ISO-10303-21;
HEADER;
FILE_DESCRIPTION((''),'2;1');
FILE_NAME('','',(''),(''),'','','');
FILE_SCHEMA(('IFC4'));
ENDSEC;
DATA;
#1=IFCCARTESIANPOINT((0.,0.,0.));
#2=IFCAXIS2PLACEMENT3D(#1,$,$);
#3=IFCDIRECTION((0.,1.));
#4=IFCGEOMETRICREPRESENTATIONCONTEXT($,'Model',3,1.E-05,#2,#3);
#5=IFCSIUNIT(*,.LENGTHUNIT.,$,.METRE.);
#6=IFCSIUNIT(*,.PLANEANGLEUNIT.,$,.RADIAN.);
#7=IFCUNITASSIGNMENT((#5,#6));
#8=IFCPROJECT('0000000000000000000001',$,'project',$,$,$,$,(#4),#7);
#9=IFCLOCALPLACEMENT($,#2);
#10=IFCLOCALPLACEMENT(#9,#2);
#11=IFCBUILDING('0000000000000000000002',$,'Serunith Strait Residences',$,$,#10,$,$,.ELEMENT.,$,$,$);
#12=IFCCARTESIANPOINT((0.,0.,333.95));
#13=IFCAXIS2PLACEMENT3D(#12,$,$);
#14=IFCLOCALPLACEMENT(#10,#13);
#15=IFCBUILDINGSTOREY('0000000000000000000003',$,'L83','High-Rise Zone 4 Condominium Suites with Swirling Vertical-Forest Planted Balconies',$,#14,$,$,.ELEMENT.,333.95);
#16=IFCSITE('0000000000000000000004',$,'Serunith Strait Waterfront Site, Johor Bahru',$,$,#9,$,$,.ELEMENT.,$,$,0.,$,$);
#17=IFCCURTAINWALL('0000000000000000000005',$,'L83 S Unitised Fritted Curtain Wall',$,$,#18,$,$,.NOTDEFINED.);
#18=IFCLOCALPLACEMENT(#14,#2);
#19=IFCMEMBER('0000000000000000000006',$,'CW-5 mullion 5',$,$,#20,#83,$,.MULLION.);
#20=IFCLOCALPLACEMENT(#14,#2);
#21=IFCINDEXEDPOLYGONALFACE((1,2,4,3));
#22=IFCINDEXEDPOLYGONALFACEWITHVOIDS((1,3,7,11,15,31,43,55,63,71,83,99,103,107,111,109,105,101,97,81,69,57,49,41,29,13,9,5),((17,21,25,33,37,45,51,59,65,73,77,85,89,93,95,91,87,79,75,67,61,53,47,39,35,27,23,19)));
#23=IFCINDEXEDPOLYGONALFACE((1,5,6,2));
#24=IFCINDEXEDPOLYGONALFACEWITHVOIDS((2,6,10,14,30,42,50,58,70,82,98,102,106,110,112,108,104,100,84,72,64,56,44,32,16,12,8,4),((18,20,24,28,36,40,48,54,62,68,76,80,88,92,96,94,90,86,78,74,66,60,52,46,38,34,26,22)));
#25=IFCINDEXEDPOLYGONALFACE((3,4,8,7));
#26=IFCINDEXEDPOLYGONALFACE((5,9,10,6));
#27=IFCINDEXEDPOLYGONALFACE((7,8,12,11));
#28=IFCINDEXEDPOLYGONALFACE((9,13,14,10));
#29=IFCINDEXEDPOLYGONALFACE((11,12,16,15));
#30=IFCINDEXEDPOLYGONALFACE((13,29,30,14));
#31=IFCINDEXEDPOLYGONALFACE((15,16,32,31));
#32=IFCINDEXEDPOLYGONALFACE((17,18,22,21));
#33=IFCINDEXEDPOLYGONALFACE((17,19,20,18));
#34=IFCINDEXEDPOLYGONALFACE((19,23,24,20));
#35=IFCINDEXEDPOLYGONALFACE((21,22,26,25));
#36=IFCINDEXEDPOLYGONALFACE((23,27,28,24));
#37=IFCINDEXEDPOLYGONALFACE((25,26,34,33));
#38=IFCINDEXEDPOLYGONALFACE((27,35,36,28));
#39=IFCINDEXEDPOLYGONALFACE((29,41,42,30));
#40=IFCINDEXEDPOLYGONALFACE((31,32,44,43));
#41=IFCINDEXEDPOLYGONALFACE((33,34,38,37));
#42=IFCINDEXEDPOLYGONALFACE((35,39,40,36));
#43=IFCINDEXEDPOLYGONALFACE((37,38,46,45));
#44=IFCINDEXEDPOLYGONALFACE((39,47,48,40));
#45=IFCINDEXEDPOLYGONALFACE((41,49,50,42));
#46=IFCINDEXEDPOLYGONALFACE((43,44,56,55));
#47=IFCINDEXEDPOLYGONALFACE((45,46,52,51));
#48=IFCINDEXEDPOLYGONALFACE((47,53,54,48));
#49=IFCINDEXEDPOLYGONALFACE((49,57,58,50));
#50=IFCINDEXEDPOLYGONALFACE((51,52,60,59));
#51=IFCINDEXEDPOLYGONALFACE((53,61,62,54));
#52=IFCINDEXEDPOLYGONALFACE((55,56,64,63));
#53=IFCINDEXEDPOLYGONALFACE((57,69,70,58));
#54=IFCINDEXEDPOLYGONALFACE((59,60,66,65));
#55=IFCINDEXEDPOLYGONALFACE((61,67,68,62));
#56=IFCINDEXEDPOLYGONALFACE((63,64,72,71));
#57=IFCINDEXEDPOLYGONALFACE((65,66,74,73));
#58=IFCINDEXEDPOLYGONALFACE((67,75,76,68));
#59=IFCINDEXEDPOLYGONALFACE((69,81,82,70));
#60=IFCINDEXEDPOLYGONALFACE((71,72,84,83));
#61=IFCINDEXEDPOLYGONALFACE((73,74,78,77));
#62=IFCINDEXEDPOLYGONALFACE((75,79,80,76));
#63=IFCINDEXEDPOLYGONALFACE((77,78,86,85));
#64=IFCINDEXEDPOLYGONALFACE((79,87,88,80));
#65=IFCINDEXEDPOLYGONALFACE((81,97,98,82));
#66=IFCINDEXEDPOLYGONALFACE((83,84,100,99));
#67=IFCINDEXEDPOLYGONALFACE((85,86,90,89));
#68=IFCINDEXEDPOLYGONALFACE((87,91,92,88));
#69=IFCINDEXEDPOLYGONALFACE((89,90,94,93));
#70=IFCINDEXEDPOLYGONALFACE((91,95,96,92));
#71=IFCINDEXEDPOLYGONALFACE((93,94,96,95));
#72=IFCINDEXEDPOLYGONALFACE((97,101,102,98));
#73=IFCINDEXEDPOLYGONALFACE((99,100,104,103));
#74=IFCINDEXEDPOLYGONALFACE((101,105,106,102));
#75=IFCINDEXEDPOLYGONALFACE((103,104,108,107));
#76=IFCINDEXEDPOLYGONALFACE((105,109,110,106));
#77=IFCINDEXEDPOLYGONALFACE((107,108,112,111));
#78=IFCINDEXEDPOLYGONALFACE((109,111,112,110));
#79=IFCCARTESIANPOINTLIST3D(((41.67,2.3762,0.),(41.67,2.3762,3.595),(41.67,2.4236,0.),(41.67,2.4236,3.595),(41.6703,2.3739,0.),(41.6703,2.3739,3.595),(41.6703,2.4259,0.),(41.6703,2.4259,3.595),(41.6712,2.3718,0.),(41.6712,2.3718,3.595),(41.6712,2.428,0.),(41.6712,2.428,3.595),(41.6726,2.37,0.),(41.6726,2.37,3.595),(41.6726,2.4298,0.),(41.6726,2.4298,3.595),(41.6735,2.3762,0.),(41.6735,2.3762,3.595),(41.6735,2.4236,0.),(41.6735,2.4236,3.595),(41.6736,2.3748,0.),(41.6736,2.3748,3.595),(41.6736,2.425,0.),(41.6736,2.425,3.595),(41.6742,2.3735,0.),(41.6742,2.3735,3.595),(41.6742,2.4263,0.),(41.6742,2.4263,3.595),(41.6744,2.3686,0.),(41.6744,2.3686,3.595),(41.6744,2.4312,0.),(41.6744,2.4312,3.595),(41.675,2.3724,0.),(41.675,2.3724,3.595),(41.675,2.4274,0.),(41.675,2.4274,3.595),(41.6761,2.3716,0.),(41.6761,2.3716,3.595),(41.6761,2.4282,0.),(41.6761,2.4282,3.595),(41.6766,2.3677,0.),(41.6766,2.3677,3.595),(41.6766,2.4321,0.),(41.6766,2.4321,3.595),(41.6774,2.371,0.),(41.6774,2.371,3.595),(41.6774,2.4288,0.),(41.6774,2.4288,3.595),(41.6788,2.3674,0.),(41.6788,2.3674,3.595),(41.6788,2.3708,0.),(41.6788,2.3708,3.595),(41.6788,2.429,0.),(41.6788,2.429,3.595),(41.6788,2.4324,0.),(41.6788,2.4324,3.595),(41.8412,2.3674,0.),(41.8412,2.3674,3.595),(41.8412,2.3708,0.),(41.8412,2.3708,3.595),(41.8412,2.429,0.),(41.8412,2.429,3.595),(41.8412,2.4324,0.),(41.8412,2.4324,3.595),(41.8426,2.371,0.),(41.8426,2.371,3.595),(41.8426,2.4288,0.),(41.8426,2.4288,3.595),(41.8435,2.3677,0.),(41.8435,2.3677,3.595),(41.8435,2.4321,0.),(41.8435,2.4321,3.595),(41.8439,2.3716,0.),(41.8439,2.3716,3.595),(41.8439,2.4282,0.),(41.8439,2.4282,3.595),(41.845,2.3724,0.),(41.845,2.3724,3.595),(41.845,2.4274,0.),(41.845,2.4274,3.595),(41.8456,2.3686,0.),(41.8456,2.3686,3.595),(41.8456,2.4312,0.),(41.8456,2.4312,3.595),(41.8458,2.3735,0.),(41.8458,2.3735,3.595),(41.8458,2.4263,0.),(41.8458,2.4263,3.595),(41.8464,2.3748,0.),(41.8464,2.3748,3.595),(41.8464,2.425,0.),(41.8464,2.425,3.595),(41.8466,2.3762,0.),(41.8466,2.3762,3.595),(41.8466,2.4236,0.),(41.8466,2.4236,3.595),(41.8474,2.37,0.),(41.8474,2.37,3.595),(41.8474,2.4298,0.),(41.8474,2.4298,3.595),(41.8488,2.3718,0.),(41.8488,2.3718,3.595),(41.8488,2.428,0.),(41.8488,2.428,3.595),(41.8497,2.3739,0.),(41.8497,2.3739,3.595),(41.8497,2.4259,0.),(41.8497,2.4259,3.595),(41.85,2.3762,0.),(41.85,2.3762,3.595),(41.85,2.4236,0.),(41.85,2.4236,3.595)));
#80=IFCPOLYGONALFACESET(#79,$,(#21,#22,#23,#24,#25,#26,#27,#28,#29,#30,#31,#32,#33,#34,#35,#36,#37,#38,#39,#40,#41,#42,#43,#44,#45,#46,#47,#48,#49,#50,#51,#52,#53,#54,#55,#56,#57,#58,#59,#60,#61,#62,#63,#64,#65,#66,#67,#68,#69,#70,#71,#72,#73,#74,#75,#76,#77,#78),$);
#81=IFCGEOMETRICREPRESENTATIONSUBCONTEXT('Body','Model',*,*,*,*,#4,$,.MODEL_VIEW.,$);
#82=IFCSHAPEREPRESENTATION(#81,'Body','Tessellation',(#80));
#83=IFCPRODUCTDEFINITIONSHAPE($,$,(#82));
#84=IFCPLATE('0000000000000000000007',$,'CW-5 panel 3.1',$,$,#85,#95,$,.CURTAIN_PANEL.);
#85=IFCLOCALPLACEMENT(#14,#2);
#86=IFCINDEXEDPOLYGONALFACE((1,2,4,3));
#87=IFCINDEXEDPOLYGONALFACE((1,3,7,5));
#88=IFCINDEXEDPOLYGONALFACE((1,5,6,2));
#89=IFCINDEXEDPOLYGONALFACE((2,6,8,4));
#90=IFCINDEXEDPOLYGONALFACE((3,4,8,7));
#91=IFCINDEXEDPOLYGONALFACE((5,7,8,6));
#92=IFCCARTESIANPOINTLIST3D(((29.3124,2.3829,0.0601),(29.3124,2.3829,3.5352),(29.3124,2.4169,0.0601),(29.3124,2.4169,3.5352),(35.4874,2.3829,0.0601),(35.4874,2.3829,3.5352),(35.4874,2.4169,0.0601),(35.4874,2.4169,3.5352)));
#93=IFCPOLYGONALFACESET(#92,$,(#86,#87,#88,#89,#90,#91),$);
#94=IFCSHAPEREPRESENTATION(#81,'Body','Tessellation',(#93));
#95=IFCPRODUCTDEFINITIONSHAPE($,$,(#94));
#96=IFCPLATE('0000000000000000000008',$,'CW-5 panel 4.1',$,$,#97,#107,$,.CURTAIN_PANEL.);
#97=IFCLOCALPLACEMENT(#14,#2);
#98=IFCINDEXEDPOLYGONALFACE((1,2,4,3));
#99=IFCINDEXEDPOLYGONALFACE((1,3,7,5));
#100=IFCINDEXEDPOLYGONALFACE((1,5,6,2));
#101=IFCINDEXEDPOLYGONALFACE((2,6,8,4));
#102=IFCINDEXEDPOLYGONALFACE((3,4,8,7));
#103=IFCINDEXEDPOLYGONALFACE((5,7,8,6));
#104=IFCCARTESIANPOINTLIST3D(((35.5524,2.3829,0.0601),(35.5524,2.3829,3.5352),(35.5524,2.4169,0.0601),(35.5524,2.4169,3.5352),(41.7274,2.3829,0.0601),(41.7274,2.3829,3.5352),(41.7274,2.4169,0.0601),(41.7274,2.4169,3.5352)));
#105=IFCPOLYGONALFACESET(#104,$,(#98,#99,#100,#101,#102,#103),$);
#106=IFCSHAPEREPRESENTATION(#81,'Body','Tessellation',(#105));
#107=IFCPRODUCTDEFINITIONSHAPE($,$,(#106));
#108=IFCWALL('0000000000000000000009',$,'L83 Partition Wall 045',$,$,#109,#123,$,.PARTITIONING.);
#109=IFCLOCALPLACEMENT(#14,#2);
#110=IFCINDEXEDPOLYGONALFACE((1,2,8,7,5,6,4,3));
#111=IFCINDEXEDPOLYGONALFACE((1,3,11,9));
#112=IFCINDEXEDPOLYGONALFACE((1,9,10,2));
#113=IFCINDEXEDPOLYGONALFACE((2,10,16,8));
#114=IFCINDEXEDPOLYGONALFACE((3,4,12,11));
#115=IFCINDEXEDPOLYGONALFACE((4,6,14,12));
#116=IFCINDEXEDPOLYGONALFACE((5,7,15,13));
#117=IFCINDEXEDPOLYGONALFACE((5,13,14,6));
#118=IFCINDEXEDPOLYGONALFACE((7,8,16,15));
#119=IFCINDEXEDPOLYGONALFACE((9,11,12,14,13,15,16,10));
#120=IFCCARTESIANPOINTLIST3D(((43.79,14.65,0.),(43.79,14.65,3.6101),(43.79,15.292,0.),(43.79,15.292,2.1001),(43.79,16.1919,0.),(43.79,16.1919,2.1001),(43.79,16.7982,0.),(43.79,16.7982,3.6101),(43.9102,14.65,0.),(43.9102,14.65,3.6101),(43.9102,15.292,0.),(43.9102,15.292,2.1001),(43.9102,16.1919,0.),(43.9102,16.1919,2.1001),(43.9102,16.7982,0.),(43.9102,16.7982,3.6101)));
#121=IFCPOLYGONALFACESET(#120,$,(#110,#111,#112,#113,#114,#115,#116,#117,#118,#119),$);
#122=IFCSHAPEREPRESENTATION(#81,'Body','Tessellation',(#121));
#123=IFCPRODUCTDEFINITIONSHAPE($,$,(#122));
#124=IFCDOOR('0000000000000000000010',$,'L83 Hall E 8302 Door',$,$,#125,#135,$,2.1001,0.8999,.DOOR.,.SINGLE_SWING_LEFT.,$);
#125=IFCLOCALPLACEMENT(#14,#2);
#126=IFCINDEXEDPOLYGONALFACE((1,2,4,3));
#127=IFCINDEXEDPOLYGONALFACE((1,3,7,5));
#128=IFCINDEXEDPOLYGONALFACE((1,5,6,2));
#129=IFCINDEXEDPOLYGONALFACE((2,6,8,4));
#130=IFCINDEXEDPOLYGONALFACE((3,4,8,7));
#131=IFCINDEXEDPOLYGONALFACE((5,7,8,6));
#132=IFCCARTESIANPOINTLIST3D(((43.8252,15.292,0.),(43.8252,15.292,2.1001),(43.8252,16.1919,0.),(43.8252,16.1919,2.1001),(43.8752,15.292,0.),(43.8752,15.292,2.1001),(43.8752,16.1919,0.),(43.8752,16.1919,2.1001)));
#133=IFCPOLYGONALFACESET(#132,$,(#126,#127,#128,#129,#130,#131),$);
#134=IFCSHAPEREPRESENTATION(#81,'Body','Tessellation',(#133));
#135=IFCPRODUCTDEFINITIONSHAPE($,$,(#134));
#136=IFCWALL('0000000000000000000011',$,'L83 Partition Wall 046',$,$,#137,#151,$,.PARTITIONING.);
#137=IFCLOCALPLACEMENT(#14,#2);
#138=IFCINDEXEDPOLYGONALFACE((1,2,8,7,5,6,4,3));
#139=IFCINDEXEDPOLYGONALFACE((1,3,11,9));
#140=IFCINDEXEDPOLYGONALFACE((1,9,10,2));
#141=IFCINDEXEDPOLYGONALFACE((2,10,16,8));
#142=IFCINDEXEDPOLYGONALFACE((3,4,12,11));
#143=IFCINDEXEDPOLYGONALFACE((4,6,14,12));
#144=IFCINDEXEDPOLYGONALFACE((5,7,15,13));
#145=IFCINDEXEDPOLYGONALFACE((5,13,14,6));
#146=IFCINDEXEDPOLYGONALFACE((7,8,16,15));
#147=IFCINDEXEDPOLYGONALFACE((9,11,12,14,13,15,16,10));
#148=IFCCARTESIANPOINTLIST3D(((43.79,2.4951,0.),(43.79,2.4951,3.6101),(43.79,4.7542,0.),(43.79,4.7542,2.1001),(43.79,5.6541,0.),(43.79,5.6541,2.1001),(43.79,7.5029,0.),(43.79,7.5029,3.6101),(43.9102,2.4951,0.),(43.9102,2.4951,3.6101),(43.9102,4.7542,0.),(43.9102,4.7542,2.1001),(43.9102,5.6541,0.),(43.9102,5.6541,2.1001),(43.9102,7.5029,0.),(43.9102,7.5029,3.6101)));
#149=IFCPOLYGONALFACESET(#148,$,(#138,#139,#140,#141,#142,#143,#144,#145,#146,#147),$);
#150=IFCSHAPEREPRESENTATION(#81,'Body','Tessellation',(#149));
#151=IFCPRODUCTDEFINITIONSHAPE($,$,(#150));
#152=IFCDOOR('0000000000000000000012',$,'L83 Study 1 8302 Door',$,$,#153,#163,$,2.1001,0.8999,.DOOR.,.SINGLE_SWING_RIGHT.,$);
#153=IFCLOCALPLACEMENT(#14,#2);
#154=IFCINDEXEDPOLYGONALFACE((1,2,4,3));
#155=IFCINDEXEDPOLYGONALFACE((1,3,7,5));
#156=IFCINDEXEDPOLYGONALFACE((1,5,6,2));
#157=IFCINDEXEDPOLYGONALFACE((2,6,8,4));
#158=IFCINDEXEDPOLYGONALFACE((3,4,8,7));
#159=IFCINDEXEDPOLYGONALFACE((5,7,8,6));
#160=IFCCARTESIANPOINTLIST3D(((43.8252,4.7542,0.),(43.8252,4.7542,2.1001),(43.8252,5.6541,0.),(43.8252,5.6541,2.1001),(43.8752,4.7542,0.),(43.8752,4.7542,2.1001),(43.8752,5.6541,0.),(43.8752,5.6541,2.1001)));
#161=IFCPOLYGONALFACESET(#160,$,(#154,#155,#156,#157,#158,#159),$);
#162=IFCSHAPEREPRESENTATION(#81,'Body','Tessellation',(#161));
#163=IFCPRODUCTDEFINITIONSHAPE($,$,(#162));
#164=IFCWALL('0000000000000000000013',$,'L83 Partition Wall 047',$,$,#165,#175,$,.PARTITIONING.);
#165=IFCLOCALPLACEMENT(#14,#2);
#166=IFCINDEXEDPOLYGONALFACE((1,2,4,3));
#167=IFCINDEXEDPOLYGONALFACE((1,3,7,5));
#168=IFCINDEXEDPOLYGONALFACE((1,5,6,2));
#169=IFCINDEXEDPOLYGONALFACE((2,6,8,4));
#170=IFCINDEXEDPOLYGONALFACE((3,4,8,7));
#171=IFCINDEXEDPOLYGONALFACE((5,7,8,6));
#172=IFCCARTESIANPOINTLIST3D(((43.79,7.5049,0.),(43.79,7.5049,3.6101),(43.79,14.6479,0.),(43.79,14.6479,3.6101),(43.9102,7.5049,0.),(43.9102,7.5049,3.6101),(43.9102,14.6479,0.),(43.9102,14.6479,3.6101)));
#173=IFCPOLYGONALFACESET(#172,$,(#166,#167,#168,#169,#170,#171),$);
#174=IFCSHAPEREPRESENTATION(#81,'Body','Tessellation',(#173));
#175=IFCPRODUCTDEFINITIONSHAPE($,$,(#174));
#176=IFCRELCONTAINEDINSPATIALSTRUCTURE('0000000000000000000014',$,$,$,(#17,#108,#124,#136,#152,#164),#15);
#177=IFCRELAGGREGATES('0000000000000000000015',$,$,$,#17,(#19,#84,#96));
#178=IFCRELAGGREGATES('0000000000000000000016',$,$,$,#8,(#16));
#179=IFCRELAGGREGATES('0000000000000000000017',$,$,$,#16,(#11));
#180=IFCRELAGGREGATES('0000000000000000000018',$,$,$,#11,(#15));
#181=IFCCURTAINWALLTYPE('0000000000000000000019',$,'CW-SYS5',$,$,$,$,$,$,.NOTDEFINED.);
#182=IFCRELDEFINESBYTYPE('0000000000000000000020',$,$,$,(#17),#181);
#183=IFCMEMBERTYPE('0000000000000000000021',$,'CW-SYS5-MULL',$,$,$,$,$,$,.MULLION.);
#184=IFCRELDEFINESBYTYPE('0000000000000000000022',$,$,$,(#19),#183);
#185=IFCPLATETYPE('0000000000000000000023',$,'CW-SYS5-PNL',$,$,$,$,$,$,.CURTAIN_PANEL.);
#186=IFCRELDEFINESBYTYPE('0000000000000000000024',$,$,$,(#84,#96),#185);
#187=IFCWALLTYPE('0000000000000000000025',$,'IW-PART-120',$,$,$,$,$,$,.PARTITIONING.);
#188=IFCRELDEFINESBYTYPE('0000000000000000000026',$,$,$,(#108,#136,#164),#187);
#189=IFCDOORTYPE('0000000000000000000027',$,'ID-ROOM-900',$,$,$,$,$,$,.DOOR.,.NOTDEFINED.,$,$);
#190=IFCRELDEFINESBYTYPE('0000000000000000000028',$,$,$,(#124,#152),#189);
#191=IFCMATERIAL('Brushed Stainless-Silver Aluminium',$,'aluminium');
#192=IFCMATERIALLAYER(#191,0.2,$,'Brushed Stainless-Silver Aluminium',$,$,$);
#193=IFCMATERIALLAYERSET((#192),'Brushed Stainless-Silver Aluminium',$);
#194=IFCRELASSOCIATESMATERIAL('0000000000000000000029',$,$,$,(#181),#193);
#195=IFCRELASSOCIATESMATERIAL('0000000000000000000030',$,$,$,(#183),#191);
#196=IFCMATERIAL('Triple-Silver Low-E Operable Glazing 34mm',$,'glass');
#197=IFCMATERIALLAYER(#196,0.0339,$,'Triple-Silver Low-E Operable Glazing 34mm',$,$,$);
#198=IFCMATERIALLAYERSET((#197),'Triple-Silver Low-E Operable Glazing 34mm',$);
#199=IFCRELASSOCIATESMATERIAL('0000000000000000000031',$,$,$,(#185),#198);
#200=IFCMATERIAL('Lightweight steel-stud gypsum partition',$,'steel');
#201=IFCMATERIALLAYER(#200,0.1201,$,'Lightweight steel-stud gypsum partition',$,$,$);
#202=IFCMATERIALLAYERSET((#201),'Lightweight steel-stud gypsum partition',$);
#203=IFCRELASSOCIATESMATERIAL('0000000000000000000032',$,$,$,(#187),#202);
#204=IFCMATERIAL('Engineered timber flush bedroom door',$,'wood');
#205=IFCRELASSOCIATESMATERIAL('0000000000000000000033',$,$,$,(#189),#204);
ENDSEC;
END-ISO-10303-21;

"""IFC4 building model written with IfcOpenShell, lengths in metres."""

from ifc_helpers import new_model, si_unit, direction, frame, frame_2d, origin, origin_2d, place, context, subcontext, project, spatial, rectangle, hollow_rectangle, extrude, source, transform, mapped, material, layer, layer_set, material_profile, profile_set, type_object, element, fill, aggregate, save


model = new_model("IFC4")

# Units and contexts
model_context = context("Model", 3, precision=1e-05, world=origin(), true_north=direction((0.0, 1.0)))
body_context = subcontext(model_context, "Body", "Model", "MODEL_VIEW")
ifc_project = project(units=[si_unit("LENGTHUNIT", "METRE"), si_unit("PLANEANGLEUNIT", "RADIAN")], contexts=[model_context])

# Site, building, storey
site_placement = place(None, origin())
site = spatial("IfcSite", under=ifc_project, at=site_placement, Name="Serunith Strait Waterfront Site, Johor Bahru", CompositionType="ELEMENT", RefElevation=0.0)
building_placement = place(site_placement, origin())
building = spatial("IfcBuilding", under=site, at=building_placement, Name="Serunith Strait Residences", CompositionType="ELEMENT")
storey_placement = place(building_placement, frame((0.0, 0.0, 333.95)))
storey = spatial("IfcBuildingStorey", under=building, at=storey_placement, Name="L83", Description="High-Rise Zone 4 Condominium Suites with Swirling Vertical-Forest Planted Balconies", CompositionType="ELEMENT", Elevation=333.95)

# Curtain wall, member, plates
ifc_material_1 = material(Name="Brushed Stainless-Silver Aluminium", Category="aluminium")
ifc_layer_1 = layer(ifc_material_1, 0.2, Name="Brushed Stainless-Silver Aluminium")
ifc_layer_set_1 = layer_set([ifc_layer_1], Name="Brushed Stainless-Silver Aluminium")
curtain_wall_type = type_object("IfcCurtainWallType", Name="CW-SYS5", PredefinedType="NOTDEFINED", material=ifc_layer_set_1)
curtain_wall_placement = place(storey_placement, origin())
curtain_wall = element("IfcCurtainWall", 1, at=curtain_wall_placement, inside=storey, type_object=curtain_wall_type, Name="L83 S Unitised Fritted Curtain Wall", PredefinedType="NOTDEFINED")
ifc_material_profile_1 = material_profile(ifc_material_1, hollow_rectangle(XDim=0.0649, YDim=0.1799, WallThickness=0.0034, InnerFilletRadius=0.0054, OuterFilletRadius=0.0088, at=origin_2d()), Name="ALU 180x65x3.5")
ifc_profile_set_1 = profile_set([ifc_material_profile_1], Name="Brushed Stainless-Silver Aluminium")
member_type_1 = type_object("IfcMemberType", Name="CW-SYS5-MULL", PredefinedType="MULLION", material=ifc_profile_set_1)
shared_shape_1 = source(origin(), body_context, "Body", "SweptSolid", [
    extrude(hollow_rectangle(XDim=0.0649, YDim=0.1799, WallThickness=0.0034, InnerFilletRadius=0.0054, OuterFilletRadius=0.0088, at=origin_2d()), origin(), (0.0, 0.0, 1.0), 3.595),
])
member_1_placement = place(storey_placement, frame((41.76, 2.3999, 0.0), z_axis=(0.0, 0.0, 1.0), x_axis=(0.0, 1.0, 0.0)))
member_1 = element("IfcMember", 2, at=member_1_placement, type_object=member_type_1, Name="CW-5 mullion 5", PredefinedType="MULLION", context=body_context, shape_type="MappedRepresentation", body=[
    mapped(shared_shape_1, transform((0.0, 0.0, 0.0), scale=1.0)),
])
ifc_material_2 = material(Name="Triple-Silver Low-E Operable Glazing 34mm", Category="glass")
ifc_layer_2 = layer(ifc_material_2, 0.0339, Name="Triple-Silver Low-E Operable Glazing 34mm")
ifc_layer_set_2 = layer_set([ifc_layer_2], Name="Triple-Silver Low-E Operable Glazing 34mm")
plate_type = type_object("IfcPlateType", Name="CW-SYS5-PNL", PredefinedType="CURTAIN_PANEL", material=ifc_layer_set_2)
shared_shape_2 = source(origin(), body_context, "Body", "SweptSolid", [
    extrude(rectangle(XDim=6.175, YDim=0.0339, at=origin_2d()), origin(), (0.0, 0.0, 1.0), 3.4751),
])
plate_1_placement = place(storey_placement, frame((32.3999, 2.3999, 0.0601), z_axis=(0.0, 0.0, 1.0), x_axis=(1.0, 0.0, 0.0)))
plate_1 = element("IfcPlate", 3, at=plate_1_placement, type_object=plate_type, Name="CW-5 panel 3.1", PredefinedType="CURTAIN_PANEL", context=body_context, shape_type="MappedRepresentation", body=[
    mapped(shared_shape_2, transform((0.0, 0.0, 0.0), scale=1.0)),
])
plate_2_placement = place(storey_placement, frame((38.6399, 2.3999, 0.0601), z_axis=(0.0, 0.0, 1.0), x_axis=(1.0, 0.0, 0.0)))
plate_2 = element("IfcPlate", 4, at=plate_2_placement, type_object=plate_type, Name="CW-5 panel 4.1", PredefinedType="CURTAIN_PANEL", context=body_context, shape_type="MappedRepresentation", body=[
    mapped(shared_shape_2, transform((0.0, 0.0, 0.0), scale=1.0)),
])
aggregate(curtain_wall, [member_1, plate_1, plate_2])

# Walls, openings, doors
ifc_material_3 = material(Name="Lightweight steel-stud gypsum partition", Category="steel")
ifc_layer_3 = layer(ifc_material_3, 0.1201, Name="Lightweight steel-stud gypsum partition")
ifc_layer_set_3 = layer_set([ifc_layer_3], Name="Lightweight steel-stud gypsum partition")
wall_type_1 = type_object("IfcWallType", Name="IW-PART-120", PredefinedType="PARTITIONING", material=ifc_layer_set_3)
wall_1_placement = place(storey_placement, frame((43.8501, 14.6499, 0.0), z_axis=(0.0, 0.0, 1.0), x_axis=(0.0, 1.0, 0.0)))
wall_1 = element("IfcWall", 5, at=wall_1_placement, inside=storey, type_object=wall_type_1, Name="L83 Partition Wall 045", PredefinedType="PARTITIONING", context=body_context, shape_type="SweptSolid", body=[
    extrude(rectangle(XDim=2.1482, YDim=0.1201, at=frame_2d((1.0742, 0.0))), origin(), (0.0, 0.0, 1.0), 3.6101),
])
opening_1_placement = place(wall_1_placement, frame((0.6421, 0.0, 0.0)))
opening_1 = element("IfcOpeningElement", 6, at=opening_1_placement, cuts=wall_1, PredefinedType="OPENING", context=body_context, shape_type="SweptSolid", body=[
    extrude(rectangle(XDim=0.8999, YDim=2.1001, at=frame_2d((0.45, 1.05))), frame((0.0, 0.0701, 0.0), z_axis=(0.0, -1.0, 0.0), x_axis=(1.0, 0.0, 0.0)), (0.0, 0.0, 1.0), 0.1401),
])
ifc_material_4 = material(Name="Engineered timber flush bedroom door", Category="wood")
door_type = type_object("IfcDoorType", Name="ID-ROOM-900", OperationType="NOTDEFINED", PredefinedType="DOOR", material=ifc_material_4)
shared_shape_3 = source(origin(), body_context, "Body", "SweptSolid", [
    extrude(rectangle(XDim=0.8999, YDim=2.1001, at=frame_2d((0.45, 1.05))), frame((0.0, 0.0249, 0.0), z_axis=(0.0, -1.0, 0.0), x_axis=(1.0, 0.0, 0.0)), (0.0, 0.0, 1.0), 0.05),
])
door_1_placement = place(opening_1_placement, origin())
door_1 = element("IfcDoor", 7, at=door_1_placement, inside=storey, type_object=door_type, Name="L83 Hall E 8302 Door", OperationType="SINGLE_SWING_LEFT", OverallHeight=2.1001, OverallWidth=0.8999, PredefinedType="DOOR", context=body_context, shape_type="MappedRepresentation", body=[
    mapped(shared_shape_3, transform((0.0, 0.0, 0.0), scale=1.0)),
])
fill(opening_1, door_1)
wall_2_placement = place(storey_placement, frame((43.8501, 2.4951, 0.0), z_axis=(0.0, 0.0, 1.0), x_axis=(0.0, 1.0, 0.0)))
wall_2 = element("IfcWall", 8, at=wall_2_placement, inside=storey, type_object=wall_type_1, Name="L83 Partition Wall 046", PredefinedType="PARTITIONING", context=body_context, shape_type="SweptSolid", body=[
    extrude(rectangle(XDim=5.0078, YDim=0.1201, at=frame_2d((2.5039, 0.0))), origin(), (0.0, 0.0, 1.0), 3.6101),
])
opening_2_placement = place(wall_2_placement, frame((2.259, 0.0, 0.0)))
opening_2 = element("IfcOpeningElement", 9, at=opening_2_placement, cuts=wall_2, PredefinedType="OPENING", context=body_context, shape_type="SweptSolid", body=[
    extrude(rectangle(XDim=0.8999, YDim=2.1001, at=frame_2d((0.45, 1.05))), frame((0.0, 0.0701, 0.0), z_axis=(0.0, -1.0, 0.0), x_axis=(1.0, 0.0, 0.0)), (0.0, 0.0, 1.0), 0.1401),
])
door_2_placement = place(opening_2_placement, origin())
door_2 = element("IfcDoor", 10, at=door_2_placement, inside=storey, type_object=door_type, Name="L83 Study 1 8302 Door", OperationType="SINGLE_SWING_RIGHT", OverallHeight=2.1001, OverallWidth=0.8999, PredefinedType="DOOR", context=body_context, shape_type="MappedRepresentation", body=[
    mapped(shared_shape_3, transform((0.0, 0.0, 0.0), scale=1.0)),
])
fill(opening_2, door_2)

# Wall
wall_3_placement = place(storey_placement, frame((43.8501, 7.5049, 0.0), z_axis=(0.0, 0.0, 1.0), x_axis=(0.0, 1.0, 0.0)))
element("IfcWall", 11, at=wall_3_placement, inside=storey, type_object=wall_type_1, Name="L83 Partition Wall 047", PredefinedType="PARTITIONING", context=body_context, shape_type="SweptSolid", body=[
    extrude(rectangle(XDim=7.1431, YDim=0.1201, at=frame_2d((3.5715, 0.0))), origin(), (0.0, 0.0, 1.0), 3.6101),
])

save(model, "model.ifc")
